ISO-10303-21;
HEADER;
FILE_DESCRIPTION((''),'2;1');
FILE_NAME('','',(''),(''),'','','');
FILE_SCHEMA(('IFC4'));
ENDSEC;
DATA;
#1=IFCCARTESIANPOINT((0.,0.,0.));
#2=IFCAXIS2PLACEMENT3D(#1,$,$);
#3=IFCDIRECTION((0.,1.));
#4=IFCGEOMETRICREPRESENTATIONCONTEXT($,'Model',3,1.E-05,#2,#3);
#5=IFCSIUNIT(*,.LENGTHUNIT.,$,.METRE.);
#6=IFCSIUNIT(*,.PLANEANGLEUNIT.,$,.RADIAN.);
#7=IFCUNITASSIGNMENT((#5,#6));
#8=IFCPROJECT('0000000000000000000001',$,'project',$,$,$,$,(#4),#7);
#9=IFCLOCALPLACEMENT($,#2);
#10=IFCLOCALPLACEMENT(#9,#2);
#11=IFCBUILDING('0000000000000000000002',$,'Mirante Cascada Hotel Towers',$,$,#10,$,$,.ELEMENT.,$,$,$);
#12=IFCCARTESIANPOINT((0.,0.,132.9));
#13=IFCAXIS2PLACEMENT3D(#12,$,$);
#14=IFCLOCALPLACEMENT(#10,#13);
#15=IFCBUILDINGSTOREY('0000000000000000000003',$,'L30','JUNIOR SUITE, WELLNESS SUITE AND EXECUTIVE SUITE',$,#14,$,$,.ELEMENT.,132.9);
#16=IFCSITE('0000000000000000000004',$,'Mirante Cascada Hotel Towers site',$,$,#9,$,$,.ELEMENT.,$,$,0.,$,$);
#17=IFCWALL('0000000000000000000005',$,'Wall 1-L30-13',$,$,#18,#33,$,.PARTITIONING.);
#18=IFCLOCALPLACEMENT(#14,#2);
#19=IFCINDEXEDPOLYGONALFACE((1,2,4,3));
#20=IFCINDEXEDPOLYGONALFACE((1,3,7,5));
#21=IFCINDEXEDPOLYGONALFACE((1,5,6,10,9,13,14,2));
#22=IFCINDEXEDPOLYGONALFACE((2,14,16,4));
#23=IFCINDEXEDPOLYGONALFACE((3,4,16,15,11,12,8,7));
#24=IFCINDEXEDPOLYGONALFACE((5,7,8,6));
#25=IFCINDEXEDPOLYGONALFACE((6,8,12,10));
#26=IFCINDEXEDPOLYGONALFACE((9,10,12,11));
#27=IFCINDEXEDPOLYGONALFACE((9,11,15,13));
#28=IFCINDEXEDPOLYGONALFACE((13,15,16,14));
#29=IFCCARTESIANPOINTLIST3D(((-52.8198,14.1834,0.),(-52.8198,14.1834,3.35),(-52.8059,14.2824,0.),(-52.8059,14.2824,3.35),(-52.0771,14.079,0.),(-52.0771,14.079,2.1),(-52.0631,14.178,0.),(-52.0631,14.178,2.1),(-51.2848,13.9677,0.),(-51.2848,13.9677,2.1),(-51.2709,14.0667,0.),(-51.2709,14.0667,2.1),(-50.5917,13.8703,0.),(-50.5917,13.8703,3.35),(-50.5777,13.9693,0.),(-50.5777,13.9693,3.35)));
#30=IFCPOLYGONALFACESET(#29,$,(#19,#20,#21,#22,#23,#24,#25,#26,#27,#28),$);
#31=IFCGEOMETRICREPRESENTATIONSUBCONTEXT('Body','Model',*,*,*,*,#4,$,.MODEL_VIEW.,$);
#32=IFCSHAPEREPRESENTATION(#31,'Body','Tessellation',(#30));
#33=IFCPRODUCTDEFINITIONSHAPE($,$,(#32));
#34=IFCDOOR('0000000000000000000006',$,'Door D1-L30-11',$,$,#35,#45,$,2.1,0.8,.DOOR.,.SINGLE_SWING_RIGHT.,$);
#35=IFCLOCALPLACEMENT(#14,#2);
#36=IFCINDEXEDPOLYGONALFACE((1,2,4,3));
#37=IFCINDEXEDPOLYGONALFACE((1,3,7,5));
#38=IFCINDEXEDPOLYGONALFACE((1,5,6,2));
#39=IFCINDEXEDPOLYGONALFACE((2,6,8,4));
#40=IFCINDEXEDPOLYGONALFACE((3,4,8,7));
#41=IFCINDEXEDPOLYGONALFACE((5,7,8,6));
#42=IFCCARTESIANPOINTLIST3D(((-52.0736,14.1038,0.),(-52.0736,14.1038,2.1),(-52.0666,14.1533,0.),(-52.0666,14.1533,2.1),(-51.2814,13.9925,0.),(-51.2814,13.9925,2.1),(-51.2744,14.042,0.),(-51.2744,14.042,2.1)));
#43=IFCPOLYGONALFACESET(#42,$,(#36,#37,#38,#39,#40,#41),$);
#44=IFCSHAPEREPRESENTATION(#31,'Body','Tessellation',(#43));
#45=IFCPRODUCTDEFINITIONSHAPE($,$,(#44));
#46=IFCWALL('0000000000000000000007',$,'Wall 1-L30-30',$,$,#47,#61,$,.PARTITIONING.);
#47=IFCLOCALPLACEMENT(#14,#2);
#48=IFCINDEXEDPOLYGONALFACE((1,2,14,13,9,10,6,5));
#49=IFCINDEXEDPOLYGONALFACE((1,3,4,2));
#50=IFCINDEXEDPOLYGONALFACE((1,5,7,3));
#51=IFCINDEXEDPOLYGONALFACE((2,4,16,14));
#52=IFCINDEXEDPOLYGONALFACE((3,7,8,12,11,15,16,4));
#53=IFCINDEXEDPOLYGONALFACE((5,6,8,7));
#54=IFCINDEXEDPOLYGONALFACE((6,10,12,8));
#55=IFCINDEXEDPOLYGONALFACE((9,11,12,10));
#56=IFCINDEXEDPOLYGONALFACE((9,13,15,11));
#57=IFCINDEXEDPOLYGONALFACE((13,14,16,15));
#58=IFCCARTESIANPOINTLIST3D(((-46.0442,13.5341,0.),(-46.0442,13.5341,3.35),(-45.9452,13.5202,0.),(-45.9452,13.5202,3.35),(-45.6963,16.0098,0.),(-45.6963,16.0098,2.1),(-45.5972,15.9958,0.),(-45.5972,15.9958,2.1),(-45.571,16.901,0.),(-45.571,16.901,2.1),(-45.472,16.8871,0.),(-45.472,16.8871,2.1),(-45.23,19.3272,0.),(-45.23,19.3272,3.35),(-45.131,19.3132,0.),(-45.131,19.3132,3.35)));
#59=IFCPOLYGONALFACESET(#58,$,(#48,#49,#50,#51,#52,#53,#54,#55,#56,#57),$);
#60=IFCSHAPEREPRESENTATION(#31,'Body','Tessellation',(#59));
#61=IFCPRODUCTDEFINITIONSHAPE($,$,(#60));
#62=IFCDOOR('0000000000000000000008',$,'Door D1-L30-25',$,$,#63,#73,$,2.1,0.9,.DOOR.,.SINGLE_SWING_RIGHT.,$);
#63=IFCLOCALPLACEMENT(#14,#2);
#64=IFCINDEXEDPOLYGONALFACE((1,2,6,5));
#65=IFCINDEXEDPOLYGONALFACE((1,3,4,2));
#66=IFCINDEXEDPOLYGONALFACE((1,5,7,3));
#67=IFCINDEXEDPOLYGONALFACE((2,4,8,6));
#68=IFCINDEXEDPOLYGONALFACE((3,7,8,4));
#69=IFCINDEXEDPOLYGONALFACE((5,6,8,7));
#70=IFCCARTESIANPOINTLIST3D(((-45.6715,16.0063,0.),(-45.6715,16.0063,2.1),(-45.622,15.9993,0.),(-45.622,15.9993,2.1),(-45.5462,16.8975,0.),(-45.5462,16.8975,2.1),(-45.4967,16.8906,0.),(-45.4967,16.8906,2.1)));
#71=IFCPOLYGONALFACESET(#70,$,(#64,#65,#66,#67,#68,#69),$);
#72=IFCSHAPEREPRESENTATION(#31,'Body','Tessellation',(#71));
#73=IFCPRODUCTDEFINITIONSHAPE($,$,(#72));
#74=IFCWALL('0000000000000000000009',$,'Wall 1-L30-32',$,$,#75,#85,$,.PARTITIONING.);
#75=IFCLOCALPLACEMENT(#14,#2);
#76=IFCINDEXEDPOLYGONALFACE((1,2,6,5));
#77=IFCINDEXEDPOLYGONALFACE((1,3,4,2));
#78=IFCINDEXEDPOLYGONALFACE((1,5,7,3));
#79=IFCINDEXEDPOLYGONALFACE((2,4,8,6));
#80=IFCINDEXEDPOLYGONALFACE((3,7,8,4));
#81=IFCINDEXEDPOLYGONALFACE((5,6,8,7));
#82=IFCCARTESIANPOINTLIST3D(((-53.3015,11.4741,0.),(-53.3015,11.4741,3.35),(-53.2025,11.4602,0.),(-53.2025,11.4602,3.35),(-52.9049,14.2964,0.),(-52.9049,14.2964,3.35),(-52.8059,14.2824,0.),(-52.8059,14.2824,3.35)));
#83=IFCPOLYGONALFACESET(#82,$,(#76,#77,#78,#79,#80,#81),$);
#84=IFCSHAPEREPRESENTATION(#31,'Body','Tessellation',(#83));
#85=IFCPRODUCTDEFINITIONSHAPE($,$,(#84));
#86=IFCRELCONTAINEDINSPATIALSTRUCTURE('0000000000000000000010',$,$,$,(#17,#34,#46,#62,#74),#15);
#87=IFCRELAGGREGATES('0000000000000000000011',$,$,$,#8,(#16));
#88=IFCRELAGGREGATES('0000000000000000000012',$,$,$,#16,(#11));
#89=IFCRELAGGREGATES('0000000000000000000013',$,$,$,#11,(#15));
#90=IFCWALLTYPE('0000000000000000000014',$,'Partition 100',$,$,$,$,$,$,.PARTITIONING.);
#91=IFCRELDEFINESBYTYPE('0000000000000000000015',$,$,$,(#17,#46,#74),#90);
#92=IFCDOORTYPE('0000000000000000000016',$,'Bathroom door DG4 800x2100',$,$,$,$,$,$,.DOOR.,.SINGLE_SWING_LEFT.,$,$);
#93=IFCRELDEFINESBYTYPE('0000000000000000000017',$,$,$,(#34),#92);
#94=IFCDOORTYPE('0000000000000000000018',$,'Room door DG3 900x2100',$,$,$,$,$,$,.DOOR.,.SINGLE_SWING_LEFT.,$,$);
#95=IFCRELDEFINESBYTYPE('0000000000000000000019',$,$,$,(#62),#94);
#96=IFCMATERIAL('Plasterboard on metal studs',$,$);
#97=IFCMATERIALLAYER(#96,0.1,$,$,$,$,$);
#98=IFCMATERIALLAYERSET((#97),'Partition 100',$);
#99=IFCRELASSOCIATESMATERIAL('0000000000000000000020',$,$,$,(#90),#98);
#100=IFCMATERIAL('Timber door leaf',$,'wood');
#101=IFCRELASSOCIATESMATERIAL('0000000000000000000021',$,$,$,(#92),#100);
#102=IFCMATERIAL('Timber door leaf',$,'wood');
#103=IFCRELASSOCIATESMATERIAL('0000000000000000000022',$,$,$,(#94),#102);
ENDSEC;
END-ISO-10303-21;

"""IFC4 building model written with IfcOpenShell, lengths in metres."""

from ifc_helpers import new_model, si_unit, direction, frame, frame_2d, origin, place, context, subcontext, project, spatial, rectangle, extrude, material, layer, layer_set, type_object, element, fill, save


model = new_model("IFC4")

# Units and contexts
model_context = context("Model", 3, precision=1e-05, world=origin(), true_north=direction((0.0, 1.0)))
body_context = subcontext(model_context, "Body", "Model", "MODEL_VIEW")
ifc_project = project(units=[si_unit("LENGTHUNIT", "METRE"), si_unit("PLANEANGLEUNIT", "RADIAN")], contexts=[model_context])

# Site, building, storey
site_placement = place(None, origin())
site = spatial("IfcSite", under=ifc_project, at=site_placement, Name="Mirante Cascada Hotel Towers site", CompositionType="ELEMENT", RefElevation=0.0)
building_placement = place(site_placement, origin())
building = spatial("IfcBuilding", under=site, at=building_placement, Name="Mirante Cascada Hotel Towers", CompositionType="ELEMENT")
storey_placement = place(building_placement, frame((0.0, 0.0, 132.9)))
storey = spatial("IfcBuildingStorey", under=building, at=storey_placement, Name="L30", Description="JUNIOR SUITE, WELLNESS SUITE AND EXECUTIVE SUITE", CompositionType="ELEMENT", Elevation=132.9)

# Walls, openings, doors
ifc_material_1 = material(Name="Plasterboard on metal studs")
ifc_layer_1 = layer(ifc_material_1, 0.1)
ifc_layer_set_1 = layer_set([ifc_layer_1], Name="Partition 100")
wall_type_1 = type_object("IfcWallType", Name="Partition 100", PredefinedType="PARTITIONING", material=ifc_layer_set_1)
wall_1_placement = place(storey_placement, frame((-50.5847, 13.9198, 0.0), z_axis=(0.0, 0.0, 1.0), x_axis=(-0.990271, 0.139156, 0.0)))
wall_1 = element("IfcWall", 1, at=wall_1_placement, inside=storey, type_object=wall_type_1, Name="Wall 1-L30-13", PredefinedType="PARTITIONING", context=body_context, shape_type="SweptSolid", body=[
    extrude(rectangle(XDim=2.25, YDim=0.1, at=frame_2d((1.125, 0.0))), origin(), (0.0, 0.0, 1.0), 3.35),
])
opening_1_placement = place(wall_1_placement, frame((0.7, 0.0, 0.0)))
opening_1 = element("IfcOpeningElement", 2, at=opening_1_placement, cuts=wall_1, PredefinedType="OPENING", context=body_context, shape_type="SweptSolid", body=[
    extrude(rectangle(XDim=0.8, YDim=2.1, at=frame_2d((0.4, 1.05))), frame((0.0, 0.05, 0.0), z_axis=(0.0, -1.0, 0.0), x_axis=(1.0, 0.0, 0.0)), (0.0, 0.0, 1.0), 0.1),
])
ifc_material_2 = material(Name="Timber door leaf", Category="wood")
door_type_1 = type_object("IfcDoorType", Name="Bathroom door DG4 800x2100", OperationType="SINGLE_SWING_LEFT", PredefinedType="DOOR", material=ifc_material_2)
door_1_placement = place(opening_1_placement, frame((0.8, 0.0, 0.0), z_axis=(0.0, 0.0, 1.0), x_axis=(-1.0, 0.0, 0.0)))
door_1 = element("IfcDoor", 3, at=door_1_placement, inside=storey, type_object=door_type_1, Name="Door D1-L30-11", OperationType="SINGLE_SWING_RIGHT", OverallHeight=2.1, OverallWidth=0.8, PredefinedType="DOOR", context=body_context, shape_type="SweptSolid", body=[
    extrude(rectangle(XDim=0.8, YDim=2.1, at=frame_2d((0.4, 1.05))), frame((0.0, 0.025, 0.0), z_axis=(0.0, -1.0, 0.0), x_axis=(1.0, 0.0, 0.0)), (0.0, 0.0, 1.0), 0.05),
])
fill(opening_1, door_1)
wall_2_placement = place(storey_placement, frame((-45.1805, 19.3202, 0.0), z_axis=(0.0, 0.0, 1.0), x_axis=(-0.139179, -0.990267, 0.0)))
wall_2 = element("IfcWall", 4, at=wall_2_placement, inside=storey, type_object=wall_type_1, Name="Wall 1-L30-30", PredefinedType="PARTITIONING", context=body_context, shape_type="SweptSolid", body=[
    extrude(rectangle(XDim=5.85, YDim=0.1, at=frame_2d((2.925, 0.0))), origin(), (0.0, 0.0, 1.0), 3.35),
])
opening_2_placement = place(wall_2_placement, frame((2.45, 0.0, 0.0)))
opening_2 = element("IfcOpeningElement", 5, at=opening_2_placement, cuts=wall_2, PredefinedType="OPENING", context=body_context, shape_type="SweptSolid", body=[
    extrude(rectangle(XDim=0.9, YDim=2.1, at=frame_2d((0.45, 1.05))), frame((0.0, 0.05, 0.0), z_axis=(0.0, -1.0, 0.0), x_axis=(1.0, 0.0, 0.0)), (0.0, 0.0, 1.0), 0.1),
])
ifc_material_3 = material(Name="Timber door leaf", Category="wood")
door_type_2 = type_object("IfcDoorType", Name="Room door DG3 900x2100", OperationType="SINGLE_SWING_LEFT", PredefinedType="DOOR", material=ifc_material_3)
door_2_placement = place(opening_2_placement, frame((0.9, 0.0, 0.0), z_axis=(0.0, 0.0, 1.0), x_axis=(-1.0, 0.0, 0.0)))
door_2 = element("IfcDoor", 6, at=door_2_placement, inside=storey, type_object=door_type_2, Name="Door D1-L30-25", OperationType="SINGLE_SWING_RIGHT", OverallHeight=2.1, OverallWidth=0.9, PredefinedType="DOOR", context=body_context, shape_type="SweptSolid", body=[
    extrude(rectangle(XDim=0.9, YDim=2.1, at=frame_2d((0.45, 1.05))), frame((0.0, 0.025, 0.0), z_axis=(0.0, -1.0, 0.0), x_axis=(1.0, 0.0, 0.0)), (0.0, 0.0, 1.0), 0.05),
])
fill(opening_2, door_2)

# Wall
wall_3_placement = place(storey_placement, frame((-52.8554, 14.2894, 0.0), z_axis=(0.0, 0.0, 1.0), x_axis=(-0.139156, -0.99027, 0.0)))
element("IfcWall", 7, at=wall_3_placement, inside=storey, type_object=wall_type_1, Name="Wall 1-L30-32", PredefinedType="PARTITIONING", context=body_context, shape_type="SweptSolid", body=[
    extrude(rectangle(XDim=2.85, YDim=0.1, at=frame_2d((1.425, 0.0))), origin(), (0.0, 0.0, 1.0), 3.35),
])

save(model, "model.ifc")
